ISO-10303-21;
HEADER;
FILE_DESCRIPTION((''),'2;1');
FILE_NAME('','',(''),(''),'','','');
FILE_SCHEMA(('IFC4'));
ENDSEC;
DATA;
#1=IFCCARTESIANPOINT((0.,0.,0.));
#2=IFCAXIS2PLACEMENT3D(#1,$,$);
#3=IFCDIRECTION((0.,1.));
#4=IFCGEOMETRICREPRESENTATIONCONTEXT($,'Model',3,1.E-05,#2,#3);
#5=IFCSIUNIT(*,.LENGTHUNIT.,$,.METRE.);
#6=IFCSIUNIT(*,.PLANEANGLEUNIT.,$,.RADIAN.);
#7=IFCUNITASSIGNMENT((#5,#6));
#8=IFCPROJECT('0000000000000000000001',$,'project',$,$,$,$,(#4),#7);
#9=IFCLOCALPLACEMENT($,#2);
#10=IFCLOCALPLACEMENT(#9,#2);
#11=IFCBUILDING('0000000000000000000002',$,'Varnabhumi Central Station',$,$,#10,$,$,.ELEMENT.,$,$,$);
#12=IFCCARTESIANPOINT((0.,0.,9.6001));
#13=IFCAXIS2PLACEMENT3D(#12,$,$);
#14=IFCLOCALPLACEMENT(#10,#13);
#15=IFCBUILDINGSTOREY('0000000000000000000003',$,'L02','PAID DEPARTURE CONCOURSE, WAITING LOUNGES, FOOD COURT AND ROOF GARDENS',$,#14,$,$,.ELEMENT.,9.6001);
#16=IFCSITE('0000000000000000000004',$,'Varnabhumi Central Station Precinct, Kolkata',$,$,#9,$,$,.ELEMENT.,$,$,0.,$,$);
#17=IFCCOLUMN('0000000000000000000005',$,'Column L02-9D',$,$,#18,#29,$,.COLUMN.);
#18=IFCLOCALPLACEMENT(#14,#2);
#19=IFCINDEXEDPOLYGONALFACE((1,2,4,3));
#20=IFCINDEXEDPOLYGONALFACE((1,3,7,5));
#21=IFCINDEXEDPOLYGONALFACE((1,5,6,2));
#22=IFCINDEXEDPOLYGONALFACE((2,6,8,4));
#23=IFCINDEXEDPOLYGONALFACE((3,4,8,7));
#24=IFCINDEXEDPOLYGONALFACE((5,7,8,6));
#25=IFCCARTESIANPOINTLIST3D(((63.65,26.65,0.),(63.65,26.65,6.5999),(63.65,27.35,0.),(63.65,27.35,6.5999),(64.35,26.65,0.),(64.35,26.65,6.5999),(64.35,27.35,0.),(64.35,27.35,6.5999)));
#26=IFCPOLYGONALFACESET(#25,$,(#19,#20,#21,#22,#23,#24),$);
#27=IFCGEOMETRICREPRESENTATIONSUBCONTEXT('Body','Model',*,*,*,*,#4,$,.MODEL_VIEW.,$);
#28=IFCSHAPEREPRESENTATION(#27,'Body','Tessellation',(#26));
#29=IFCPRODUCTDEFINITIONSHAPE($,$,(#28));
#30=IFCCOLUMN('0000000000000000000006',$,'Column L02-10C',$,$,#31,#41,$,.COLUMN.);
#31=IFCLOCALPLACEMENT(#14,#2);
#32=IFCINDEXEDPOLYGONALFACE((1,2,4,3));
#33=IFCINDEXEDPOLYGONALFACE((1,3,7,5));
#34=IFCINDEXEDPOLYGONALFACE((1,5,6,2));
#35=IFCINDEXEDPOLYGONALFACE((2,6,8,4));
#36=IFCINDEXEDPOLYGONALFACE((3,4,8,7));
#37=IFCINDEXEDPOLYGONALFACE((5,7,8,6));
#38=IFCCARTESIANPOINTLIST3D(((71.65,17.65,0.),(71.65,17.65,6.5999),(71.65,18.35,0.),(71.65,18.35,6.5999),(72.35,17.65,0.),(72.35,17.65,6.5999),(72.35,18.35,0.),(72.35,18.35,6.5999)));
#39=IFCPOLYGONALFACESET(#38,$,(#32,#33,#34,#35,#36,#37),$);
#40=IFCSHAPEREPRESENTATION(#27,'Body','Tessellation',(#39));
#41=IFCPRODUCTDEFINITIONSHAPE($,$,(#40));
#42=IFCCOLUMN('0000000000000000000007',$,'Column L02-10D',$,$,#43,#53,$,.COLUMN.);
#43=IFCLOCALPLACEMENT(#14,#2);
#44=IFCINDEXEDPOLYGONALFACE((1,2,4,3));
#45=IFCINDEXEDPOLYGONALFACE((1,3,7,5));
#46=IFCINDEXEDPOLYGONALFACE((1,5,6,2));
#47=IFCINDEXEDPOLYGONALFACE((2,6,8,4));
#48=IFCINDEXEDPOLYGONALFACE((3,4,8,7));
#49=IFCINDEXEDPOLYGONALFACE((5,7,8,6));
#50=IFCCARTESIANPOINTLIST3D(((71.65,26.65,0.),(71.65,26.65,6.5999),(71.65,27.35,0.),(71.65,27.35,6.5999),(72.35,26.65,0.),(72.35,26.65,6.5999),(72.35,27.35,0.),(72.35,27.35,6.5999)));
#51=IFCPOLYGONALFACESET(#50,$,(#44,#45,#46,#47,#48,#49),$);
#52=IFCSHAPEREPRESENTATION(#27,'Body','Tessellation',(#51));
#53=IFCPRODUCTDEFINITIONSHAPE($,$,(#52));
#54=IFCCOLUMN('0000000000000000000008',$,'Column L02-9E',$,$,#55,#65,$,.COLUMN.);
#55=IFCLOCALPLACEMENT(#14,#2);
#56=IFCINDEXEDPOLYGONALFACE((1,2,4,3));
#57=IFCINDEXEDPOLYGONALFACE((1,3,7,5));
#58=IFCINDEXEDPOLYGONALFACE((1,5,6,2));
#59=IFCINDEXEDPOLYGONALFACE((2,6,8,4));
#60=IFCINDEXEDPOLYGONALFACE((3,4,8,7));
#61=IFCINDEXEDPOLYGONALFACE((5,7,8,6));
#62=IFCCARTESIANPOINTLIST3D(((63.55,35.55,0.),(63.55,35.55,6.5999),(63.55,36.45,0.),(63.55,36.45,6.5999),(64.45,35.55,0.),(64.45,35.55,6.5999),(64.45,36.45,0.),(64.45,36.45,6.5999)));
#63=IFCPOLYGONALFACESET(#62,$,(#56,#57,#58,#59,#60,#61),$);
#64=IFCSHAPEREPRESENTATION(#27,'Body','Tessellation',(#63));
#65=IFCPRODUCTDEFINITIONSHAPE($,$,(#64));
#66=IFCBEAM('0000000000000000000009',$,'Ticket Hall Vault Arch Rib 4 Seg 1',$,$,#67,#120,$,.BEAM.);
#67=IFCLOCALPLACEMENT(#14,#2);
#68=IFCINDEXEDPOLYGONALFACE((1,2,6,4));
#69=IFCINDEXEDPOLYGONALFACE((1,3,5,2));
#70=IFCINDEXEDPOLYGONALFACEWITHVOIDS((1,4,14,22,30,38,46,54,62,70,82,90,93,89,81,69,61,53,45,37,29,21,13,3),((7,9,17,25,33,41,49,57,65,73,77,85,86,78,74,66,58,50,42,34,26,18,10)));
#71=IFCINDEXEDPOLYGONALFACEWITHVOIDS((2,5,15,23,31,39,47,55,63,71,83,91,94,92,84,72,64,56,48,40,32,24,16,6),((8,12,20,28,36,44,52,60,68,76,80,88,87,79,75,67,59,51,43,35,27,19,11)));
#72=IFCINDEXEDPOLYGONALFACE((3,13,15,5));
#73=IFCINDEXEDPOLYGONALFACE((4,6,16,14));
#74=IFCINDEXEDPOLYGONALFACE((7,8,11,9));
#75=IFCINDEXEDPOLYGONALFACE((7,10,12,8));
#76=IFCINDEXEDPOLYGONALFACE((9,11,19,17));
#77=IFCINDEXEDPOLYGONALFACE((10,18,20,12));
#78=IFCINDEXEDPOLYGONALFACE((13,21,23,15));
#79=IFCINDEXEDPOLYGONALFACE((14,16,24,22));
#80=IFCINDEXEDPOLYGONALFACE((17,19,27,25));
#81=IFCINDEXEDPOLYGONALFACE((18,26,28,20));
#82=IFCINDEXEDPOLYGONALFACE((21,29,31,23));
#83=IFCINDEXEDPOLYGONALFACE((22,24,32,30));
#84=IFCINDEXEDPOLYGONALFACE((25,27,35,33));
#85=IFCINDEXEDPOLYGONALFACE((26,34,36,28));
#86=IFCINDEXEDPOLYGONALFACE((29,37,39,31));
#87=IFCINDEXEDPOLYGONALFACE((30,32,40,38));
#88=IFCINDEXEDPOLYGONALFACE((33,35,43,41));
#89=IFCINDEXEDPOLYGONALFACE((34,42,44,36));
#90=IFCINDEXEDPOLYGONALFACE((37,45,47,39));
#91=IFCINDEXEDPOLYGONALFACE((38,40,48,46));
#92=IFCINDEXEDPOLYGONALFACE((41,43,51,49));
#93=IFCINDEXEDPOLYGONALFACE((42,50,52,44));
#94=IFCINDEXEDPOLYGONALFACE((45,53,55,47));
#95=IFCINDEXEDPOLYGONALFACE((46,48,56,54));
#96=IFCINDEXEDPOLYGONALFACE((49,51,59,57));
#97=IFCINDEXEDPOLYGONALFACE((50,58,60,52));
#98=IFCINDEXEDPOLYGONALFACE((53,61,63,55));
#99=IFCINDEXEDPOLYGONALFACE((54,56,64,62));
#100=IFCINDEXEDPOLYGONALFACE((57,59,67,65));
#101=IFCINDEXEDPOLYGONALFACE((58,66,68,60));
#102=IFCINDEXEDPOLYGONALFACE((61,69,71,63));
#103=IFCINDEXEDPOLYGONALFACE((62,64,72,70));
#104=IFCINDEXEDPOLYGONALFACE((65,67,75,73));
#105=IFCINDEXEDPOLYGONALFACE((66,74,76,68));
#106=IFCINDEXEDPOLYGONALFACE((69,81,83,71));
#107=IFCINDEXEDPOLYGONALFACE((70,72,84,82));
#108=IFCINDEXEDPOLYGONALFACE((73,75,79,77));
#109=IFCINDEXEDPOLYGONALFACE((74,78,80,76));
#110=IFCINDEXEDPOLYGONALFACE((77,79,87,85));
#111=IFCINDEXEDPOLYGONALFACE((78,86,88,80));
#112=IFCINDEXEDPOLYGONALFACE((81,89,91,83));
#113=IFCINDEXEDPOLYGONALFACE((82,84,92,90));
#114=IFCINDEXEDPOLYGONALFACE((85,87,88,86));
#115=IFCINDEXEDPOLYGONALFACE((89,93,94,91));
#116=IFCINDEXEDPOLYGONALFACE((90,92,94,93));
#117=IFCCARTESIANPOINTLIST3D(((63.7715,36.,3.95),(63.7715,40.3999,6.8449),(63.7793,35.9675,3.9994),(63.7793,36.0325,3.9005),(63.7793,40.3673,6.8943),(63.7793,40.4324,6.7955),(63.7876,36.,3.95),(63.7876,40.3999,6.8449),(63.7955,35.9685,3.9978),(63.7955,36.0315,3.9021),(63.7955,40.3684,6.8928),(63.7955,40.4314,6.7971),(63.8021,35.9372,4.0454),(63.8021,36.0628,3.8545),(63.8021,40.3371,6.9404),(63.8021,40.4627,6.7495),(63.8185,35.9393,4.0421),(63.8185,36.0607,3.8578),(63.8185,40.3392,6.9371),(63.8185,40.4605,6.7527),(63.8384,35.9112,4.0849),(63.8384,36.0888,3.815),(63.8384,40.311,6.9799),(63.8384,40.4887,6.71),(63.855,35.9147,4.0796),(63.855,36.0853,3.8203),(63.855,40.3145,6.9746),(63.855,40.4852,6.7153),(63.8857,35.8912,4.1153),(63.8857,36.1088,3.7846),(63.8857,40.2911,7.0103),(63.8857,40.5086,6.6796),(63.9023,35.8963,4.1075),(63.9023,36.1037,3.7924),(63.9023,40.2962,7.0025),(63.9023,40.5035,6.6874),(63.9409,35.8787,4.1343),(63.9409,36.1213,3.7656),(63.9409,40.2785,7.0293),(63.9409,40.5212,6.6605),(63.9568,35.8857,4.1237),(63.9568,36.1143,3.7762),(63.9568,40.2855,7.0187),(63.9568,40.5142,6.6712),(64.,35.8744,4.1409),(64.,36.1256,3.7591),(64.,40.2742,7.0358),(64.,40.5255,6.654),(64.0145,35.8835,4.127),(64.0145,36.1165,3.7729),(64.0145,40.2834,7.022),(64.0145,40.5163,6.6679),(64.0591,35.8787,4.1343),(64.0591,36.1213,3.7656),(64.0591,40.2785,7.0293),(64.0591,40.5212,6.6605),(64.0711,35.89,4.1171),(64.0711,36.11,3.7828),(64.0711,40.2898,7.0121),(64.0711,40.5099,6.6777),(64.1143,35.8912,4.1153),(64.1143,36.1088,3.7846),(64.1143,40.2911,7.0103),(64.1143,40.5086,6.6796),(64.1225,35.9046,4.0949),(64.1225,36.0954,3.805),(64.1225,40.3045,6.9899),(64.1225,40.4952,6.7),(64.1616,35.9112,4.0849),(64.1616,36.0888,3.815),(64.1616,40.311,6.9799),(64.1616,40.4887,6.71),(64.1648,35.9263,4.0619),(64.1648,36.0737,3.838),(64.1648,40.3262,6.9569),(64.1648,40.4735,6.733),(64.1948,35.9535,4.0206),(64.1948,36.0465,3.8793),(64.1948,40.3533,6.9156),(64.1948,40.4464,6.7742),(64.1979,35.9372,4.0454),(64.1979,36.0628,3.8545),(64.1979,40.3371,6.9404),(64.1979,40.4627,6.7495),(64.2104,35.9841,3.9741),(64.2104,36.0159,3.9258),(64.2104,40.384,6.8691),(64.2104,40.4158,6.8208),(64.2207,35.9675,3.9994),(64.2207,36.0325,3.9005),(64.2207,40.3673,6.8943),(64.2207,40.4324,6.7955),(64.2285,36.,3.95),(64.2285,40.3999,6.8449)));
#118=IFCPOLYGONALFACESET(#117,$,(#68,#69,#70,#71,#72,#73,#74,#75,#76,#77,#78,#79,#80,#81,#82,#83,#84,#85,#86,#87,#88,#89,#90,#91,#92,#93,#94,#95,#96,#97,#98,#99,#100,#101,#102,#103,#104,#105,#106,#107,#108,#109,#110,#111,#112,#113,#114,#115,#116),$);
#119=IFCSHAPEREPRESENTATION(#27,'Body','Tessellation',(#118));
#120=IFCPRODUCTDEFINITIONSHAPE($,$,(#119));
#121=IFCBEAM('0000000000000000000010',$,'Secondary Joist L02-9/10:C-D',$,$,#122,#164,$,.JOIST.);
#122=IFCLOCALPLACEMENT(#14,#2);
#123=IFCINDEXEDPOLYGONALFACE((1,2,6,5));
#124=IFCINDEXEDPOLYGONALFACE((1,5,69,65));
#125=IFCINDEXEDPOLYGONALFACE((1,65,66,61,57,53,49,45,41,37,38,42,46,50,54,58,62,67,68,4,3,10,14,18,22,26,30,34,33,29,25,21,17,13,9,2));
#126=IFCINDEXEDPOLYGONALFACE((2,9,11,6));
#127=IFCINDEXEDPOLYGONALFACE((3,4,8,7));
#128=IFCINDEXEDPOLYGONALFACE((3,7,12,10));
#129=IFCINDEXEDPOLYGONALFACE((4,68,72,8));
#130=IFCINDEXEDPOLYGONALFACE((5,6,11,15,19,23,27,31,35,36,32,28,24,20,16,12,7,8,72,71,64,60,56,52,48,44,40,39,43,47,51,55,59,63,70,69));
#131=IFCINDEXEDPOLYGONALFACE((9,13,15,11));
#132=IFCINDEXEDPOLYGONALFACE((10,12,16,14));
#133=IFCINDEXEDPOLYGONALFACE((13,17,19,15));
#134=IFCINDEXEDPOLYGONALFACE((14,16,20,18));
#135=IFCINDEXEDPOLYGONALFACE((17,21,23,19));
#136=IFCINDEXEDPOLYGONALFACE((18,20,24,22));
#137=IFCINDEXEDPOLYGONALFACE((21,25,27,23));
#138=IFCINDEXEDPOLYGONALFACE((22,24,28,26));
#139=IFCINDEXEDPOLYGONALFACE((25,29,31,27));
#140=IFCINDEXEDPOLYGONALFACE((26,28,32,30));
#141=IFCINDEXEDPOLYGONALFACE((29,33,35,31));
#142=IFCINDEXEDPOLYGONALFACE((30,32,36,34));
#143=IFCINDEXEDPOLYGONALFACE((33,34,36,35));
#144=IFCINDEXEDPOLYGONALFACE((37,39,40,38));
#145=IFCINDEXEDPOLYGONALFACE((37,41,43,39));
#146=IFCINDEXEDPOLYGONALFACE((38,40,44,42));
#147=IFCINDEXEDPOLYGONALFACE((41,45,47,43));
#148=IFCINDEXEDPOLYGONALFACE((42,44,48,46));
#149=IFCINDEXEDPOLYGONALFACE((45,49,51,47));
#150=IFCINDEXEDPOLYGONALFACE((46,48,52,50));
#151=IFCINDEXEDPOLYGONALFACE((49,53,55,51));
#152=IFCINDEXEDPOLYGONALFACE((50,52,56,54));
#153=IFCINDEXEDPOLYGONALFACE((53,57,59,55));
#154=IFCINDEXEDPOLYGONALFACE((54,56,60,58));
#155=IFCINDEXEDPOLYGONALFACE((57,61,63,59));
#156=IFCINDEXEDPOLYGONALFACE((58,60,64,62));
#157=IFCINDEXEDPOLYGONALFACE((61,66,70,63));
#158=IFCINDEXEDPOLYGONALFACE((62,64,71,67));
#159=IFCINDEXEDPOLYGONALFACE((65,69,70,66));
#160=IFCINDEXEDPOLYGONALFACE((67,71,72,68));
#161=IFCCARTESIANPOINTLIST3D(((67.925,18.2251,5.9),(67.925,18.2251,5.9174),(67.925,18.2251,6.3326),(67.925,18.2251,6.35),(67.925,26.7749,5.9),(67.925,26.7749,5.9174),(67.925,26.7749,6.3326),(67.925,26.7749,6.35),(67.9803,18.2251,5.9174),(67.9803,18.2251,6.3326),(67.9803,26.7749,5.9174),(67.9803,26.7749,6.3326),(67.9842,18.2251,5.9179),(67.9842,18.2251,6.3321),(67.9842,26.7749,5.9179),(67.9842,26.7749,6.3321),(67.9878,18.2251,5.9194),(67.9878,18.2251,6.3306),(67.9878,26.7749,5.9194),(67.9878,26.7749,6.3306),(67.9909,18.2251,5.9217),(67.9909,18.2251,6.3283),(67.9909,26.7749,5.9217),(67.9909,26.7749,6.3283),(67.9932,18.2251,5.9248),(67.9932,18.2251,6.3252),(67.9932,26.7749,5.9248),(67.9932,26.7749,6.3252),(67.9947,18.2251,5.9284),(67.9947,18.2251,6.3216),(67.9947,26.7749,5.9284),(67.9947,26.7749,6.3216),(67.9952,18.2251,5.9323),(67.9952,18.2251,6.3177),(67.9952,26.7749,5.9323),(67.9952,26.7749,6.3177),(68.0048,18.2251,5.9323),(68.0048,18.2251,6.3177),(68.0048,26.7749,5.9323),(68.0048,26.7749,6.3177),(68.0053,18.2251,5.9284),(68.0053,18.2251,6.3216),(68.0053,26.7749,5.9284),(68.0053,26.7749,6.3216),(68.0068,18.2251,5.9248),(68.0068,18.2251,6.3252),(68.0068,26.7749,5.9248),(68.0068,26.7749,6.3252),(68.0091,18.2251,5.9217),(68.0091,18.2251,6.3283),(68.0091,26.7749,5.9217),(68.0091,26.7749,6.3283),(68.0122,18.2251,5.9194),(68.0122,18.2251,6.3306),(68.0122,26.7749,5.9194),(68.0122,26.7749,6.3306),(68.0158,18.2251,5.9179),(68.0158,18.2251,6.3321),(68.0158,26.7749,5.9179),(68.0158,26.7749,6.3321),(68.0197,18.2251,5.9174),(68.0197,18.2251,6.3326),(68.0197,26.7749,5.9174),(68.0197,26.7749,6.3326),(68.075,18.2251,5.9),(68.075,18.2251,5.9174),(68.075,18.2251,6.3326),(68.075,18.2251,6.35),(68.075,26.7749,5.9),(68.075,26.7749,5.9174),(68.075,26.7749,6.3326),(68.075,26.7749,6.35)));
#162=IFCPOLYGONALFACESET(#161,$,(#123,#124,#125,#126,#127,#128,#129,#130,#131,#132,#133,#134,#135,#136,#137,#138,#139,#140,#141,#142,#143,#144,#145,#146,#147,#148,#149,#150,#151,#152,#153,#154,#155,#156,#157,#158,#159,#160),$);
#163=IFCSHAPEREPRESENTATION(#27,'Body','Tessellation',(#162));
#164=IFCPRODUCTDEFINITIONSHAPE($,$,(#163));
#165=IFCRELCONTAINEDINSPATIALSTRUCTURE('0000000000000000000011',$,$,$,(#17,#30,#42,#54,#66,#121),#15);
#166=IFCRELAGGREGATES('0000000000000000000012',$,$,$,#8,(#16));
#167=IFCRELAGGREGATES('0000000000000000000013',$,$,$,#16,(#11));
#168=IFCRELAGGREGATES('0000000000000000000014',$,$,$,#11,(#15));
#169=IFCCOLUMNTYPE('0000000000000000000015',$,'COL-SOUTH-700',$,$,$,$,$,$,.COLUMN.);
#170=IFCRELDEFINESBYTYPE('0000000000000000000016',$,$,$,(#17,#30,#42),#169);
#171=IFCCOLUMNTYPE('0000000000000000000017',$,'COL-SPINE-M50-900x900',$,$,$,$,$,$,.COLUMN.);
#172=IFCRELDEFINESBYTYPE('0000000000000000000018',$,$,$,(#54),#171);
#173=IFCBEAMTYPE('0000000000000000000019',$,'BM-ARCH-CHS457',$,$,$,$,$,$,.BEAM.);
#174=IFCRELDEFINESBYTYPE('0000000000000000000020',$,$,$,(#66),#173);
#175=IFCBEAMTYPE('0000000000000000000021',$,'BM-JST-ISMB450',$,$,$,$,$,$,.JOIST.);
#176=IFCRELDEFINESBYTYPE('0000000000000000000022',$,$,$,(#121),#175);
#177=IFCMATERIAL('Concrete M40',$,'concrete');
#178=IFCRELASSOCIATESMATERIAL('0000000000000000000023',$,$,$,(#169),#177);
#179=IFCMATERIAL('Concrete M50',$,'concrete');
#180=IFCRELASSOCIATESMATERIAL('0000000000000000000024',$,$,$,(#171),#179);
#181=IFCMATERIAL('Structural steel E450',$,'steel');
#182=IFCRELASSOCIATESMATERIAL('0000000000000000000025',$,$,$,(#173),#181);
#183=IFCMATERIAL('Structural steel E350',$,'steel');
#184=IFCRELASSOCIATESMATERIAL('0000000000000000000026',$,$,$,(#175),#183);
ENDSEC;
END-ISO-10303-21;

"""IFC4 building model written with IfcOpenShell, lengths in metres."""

from ifc_helpers import new_model, si_unit, direction, frame, origin, origin_2d, place, context, subcontext, project, spatial, rectangle, hollow_circle, i_section, extrude, material, material_profile, profile_set, type_object, element, save


model = new_model("IFC4")

# Units and contexts
model_context = context("Model", 3, precision=1e-05, world=origin(), true_north=direction((0.0, 1.0)))
body_context = subcontext(model_context, "Body", "Model", "MODEL_VIEW")
ifc_project = project(units=[si_unit("LENGTHUNIT", "METRE"), si_unit("PLANEANGLEUNIT", "RADIAN")], contexts=[model_context])

# Site, building, storey
site_placement = place(None, origin())
site = spatial("IfcSite", under=ifc_project, at=site_placement, Name="Varnabhumi Central Station Precinct, Kolkata", CompositionType="ELEMENT", RefElevation=0.0)
building_placement = place(site_placement, origin())
building = spatial("IfcBuilding", under=site, at=building_placement, Name="Varnabhumi Central Station", CompositionType="ELEMENT")
storey_placement = place(building_placement, frame((0.0, 0.0, 9.6001)))
storey = spatial("IfcBuildingStorey", under=building, at=storey_placement, Name="L02", Description="PAID DEPARTURE CONCOURSE, WAITING LOUNGES, FOOD COURT AND ROOF GARDENS", CompositionType="ELEMENT", Elevation=9.6001)

# Columns
ifc_material_1 = material(Name="Concrete M40", Category="concrete")
ifc_material_profile_1 = material_profile(ifc_material_1, rectangle(XDim=0.7, YDim=0.7, at=origin_2d()), Name="Concrete M40", Category="concrete")
ifc_profile_set_1 = profile_set([ifc_material_profile_1], Name="Concrete M40")
column_type_1 = type_object("IfcColumnType", Name="COL-SOUTH-700", PredefinedType="COLUMN", material=ifc_profile_set_1)
for number, where, z_axis, x_axis, name in (
    (1, (64.0, 27.0, 0.0), (0.0, 0.0, 1.0), (1.0, 0.0, 0.0), "Column L02-9D"),
    (2, (72.0, 18.0, 0.0), (0.0, 0.0, 1.0), (1.0, 0.0, 0.0), "Column L02-10C"),
    (3, (72.0, 27.0, 0.0), (0.0, 0.0, 1.0), (1.0, 0.0, 0.0), "Column L02-10D"),
):
    element("IfcColumn", number, at=place(storey_placement, frame(where, z_axis=z_axis, x_axis=x_axis)), inside=storey, type_object=column_type_1, Name=name, PredefinedType="COLUMN", context=body_context, shape_type="SweptSolid", body=[
        extrude(rectangle(XDim=0.7, YDim=0.7, at=origin_2d()), origin(), (0.0, 0.0, 1.0), 6.5999),
    ])
ifc_material_2 = material(Name="Concrete M50", Category="concrete")
ifc_material_profile_2 = material_profile(ifc_material_2, rectangle(XDim=0.8999, YDim=0.8999, at=origin_2d()), Name="Concrete M50", Category="concrete")
ifc_profile_set_2 = profile_set([ifc_material_profile_2], Name="Concrete M50")
column_type_2 = type_object("IfcColumnType", Name="COL-SPINE-M50-900x900", PredefinedType="COLUMN", material=ifc_profile_set_2)
column_placement = place(storey_placement, frame((64.0, 36.0, 0.0), z_axis=(0.0, 0.0, 1.0), x_axis=(1.0, 0.0, 0.0)))
element("IfcColumn", 4, at=column_placement, inside=storey, type_object=column_type_2, Name="Column L02-9E", PredefinedType="COLUMN", context=body_context, shape_type="SweptSolid", body=[
    extrude(rectangle(XDim=0.8999, YDim=0.8999, at=origin_2d()), origin(), (0.0, 0.0, 1.0), 6.5999),
])

# Beams
ifc_material_3 = material(Name="Structural steel E450", Category="steel")
ifc_material_profile_3 = material_profile(ifc_material_3, hollow_circle(Radius=0.2285, WallThickness=0.0161, at=origin_2d()), Name="Structural steel E450", Category="steel")
ifc_profile_set_3 = profile_set([ifc_material_profile_3], Name="Structural steel E450")
beam_type_1 = type_object("IfcBeamType", Name="BM-ARCH-CHS457", PredefinedType="BEAM", material=ifc_profile_set_3)
beam_1_placement = place(storey_placement, frame((64.0, 36.0, 3.95), z_axis=(0.0, 0.835387, 0.549662), x_axis=(-1.0, 0.0, 0.0)))
element("IfcBeam", 5, at=beam_1_placement, inside=storey, type_object=beam_type_1, Name="Ticket Hall Vault Arch Rib 4 Seg 1", PredefinedType="BEAM", context=body_context, shape_type="SweptSolid", body=[
    extrude(hollow_circle(Radius=0.2285, WallThickness=0.0161, at=origin_2d()), origin(), (0.0, 0.0, 1.0), 5.2668),
])
ifc_material_4 = material(Name="Structural steel E350", Category="steel")
ifc_material_profile_4 = material_profile(ifc_material_4, i_section(OverallWidth=0.1499, OverallDepth=0.45, WebThickness=0.0095, FlangeThickness=0.0173, FilletRadius=0.0149, at=origin_2d()), Name="Structural steel E350", Category="steel")
ifc_profile_set_4 = profile_set([ifc_material_profile_4], Name="Structural steel E350")
beam_type_2 = type_object("IfcBeamType", Name="BM-JST-ISMB450", PredefinedType="JOIST", material=ifc_profile_set_4)
beam_2_placement = place(storey_placement, frame((68.0, 18.2251, 6.125), z_axis=(0.0, 1.0, 0.0), x_axis=(-1.0, 0.0, 0.0)))
element("IfcBeam", 6, at=beam_2_placement, inside=storey, type_object=beam_type_2, Name="Secondary Joist L02-9/10:C-D", PredefinedType="JOIST", context=body_context, shape_type="SweptSolid", body=[
    extrude(i_section(OverallWidth=0.1499, OverallDepth=0.45, WebThickness=0.0095, FlangeThickness=0.0173, FilletRadius=0.0149, at=origin_2d()), origin(), (0.0, 0.0, 1.0), 8.5498),
])

save(model, "model.ifc")
